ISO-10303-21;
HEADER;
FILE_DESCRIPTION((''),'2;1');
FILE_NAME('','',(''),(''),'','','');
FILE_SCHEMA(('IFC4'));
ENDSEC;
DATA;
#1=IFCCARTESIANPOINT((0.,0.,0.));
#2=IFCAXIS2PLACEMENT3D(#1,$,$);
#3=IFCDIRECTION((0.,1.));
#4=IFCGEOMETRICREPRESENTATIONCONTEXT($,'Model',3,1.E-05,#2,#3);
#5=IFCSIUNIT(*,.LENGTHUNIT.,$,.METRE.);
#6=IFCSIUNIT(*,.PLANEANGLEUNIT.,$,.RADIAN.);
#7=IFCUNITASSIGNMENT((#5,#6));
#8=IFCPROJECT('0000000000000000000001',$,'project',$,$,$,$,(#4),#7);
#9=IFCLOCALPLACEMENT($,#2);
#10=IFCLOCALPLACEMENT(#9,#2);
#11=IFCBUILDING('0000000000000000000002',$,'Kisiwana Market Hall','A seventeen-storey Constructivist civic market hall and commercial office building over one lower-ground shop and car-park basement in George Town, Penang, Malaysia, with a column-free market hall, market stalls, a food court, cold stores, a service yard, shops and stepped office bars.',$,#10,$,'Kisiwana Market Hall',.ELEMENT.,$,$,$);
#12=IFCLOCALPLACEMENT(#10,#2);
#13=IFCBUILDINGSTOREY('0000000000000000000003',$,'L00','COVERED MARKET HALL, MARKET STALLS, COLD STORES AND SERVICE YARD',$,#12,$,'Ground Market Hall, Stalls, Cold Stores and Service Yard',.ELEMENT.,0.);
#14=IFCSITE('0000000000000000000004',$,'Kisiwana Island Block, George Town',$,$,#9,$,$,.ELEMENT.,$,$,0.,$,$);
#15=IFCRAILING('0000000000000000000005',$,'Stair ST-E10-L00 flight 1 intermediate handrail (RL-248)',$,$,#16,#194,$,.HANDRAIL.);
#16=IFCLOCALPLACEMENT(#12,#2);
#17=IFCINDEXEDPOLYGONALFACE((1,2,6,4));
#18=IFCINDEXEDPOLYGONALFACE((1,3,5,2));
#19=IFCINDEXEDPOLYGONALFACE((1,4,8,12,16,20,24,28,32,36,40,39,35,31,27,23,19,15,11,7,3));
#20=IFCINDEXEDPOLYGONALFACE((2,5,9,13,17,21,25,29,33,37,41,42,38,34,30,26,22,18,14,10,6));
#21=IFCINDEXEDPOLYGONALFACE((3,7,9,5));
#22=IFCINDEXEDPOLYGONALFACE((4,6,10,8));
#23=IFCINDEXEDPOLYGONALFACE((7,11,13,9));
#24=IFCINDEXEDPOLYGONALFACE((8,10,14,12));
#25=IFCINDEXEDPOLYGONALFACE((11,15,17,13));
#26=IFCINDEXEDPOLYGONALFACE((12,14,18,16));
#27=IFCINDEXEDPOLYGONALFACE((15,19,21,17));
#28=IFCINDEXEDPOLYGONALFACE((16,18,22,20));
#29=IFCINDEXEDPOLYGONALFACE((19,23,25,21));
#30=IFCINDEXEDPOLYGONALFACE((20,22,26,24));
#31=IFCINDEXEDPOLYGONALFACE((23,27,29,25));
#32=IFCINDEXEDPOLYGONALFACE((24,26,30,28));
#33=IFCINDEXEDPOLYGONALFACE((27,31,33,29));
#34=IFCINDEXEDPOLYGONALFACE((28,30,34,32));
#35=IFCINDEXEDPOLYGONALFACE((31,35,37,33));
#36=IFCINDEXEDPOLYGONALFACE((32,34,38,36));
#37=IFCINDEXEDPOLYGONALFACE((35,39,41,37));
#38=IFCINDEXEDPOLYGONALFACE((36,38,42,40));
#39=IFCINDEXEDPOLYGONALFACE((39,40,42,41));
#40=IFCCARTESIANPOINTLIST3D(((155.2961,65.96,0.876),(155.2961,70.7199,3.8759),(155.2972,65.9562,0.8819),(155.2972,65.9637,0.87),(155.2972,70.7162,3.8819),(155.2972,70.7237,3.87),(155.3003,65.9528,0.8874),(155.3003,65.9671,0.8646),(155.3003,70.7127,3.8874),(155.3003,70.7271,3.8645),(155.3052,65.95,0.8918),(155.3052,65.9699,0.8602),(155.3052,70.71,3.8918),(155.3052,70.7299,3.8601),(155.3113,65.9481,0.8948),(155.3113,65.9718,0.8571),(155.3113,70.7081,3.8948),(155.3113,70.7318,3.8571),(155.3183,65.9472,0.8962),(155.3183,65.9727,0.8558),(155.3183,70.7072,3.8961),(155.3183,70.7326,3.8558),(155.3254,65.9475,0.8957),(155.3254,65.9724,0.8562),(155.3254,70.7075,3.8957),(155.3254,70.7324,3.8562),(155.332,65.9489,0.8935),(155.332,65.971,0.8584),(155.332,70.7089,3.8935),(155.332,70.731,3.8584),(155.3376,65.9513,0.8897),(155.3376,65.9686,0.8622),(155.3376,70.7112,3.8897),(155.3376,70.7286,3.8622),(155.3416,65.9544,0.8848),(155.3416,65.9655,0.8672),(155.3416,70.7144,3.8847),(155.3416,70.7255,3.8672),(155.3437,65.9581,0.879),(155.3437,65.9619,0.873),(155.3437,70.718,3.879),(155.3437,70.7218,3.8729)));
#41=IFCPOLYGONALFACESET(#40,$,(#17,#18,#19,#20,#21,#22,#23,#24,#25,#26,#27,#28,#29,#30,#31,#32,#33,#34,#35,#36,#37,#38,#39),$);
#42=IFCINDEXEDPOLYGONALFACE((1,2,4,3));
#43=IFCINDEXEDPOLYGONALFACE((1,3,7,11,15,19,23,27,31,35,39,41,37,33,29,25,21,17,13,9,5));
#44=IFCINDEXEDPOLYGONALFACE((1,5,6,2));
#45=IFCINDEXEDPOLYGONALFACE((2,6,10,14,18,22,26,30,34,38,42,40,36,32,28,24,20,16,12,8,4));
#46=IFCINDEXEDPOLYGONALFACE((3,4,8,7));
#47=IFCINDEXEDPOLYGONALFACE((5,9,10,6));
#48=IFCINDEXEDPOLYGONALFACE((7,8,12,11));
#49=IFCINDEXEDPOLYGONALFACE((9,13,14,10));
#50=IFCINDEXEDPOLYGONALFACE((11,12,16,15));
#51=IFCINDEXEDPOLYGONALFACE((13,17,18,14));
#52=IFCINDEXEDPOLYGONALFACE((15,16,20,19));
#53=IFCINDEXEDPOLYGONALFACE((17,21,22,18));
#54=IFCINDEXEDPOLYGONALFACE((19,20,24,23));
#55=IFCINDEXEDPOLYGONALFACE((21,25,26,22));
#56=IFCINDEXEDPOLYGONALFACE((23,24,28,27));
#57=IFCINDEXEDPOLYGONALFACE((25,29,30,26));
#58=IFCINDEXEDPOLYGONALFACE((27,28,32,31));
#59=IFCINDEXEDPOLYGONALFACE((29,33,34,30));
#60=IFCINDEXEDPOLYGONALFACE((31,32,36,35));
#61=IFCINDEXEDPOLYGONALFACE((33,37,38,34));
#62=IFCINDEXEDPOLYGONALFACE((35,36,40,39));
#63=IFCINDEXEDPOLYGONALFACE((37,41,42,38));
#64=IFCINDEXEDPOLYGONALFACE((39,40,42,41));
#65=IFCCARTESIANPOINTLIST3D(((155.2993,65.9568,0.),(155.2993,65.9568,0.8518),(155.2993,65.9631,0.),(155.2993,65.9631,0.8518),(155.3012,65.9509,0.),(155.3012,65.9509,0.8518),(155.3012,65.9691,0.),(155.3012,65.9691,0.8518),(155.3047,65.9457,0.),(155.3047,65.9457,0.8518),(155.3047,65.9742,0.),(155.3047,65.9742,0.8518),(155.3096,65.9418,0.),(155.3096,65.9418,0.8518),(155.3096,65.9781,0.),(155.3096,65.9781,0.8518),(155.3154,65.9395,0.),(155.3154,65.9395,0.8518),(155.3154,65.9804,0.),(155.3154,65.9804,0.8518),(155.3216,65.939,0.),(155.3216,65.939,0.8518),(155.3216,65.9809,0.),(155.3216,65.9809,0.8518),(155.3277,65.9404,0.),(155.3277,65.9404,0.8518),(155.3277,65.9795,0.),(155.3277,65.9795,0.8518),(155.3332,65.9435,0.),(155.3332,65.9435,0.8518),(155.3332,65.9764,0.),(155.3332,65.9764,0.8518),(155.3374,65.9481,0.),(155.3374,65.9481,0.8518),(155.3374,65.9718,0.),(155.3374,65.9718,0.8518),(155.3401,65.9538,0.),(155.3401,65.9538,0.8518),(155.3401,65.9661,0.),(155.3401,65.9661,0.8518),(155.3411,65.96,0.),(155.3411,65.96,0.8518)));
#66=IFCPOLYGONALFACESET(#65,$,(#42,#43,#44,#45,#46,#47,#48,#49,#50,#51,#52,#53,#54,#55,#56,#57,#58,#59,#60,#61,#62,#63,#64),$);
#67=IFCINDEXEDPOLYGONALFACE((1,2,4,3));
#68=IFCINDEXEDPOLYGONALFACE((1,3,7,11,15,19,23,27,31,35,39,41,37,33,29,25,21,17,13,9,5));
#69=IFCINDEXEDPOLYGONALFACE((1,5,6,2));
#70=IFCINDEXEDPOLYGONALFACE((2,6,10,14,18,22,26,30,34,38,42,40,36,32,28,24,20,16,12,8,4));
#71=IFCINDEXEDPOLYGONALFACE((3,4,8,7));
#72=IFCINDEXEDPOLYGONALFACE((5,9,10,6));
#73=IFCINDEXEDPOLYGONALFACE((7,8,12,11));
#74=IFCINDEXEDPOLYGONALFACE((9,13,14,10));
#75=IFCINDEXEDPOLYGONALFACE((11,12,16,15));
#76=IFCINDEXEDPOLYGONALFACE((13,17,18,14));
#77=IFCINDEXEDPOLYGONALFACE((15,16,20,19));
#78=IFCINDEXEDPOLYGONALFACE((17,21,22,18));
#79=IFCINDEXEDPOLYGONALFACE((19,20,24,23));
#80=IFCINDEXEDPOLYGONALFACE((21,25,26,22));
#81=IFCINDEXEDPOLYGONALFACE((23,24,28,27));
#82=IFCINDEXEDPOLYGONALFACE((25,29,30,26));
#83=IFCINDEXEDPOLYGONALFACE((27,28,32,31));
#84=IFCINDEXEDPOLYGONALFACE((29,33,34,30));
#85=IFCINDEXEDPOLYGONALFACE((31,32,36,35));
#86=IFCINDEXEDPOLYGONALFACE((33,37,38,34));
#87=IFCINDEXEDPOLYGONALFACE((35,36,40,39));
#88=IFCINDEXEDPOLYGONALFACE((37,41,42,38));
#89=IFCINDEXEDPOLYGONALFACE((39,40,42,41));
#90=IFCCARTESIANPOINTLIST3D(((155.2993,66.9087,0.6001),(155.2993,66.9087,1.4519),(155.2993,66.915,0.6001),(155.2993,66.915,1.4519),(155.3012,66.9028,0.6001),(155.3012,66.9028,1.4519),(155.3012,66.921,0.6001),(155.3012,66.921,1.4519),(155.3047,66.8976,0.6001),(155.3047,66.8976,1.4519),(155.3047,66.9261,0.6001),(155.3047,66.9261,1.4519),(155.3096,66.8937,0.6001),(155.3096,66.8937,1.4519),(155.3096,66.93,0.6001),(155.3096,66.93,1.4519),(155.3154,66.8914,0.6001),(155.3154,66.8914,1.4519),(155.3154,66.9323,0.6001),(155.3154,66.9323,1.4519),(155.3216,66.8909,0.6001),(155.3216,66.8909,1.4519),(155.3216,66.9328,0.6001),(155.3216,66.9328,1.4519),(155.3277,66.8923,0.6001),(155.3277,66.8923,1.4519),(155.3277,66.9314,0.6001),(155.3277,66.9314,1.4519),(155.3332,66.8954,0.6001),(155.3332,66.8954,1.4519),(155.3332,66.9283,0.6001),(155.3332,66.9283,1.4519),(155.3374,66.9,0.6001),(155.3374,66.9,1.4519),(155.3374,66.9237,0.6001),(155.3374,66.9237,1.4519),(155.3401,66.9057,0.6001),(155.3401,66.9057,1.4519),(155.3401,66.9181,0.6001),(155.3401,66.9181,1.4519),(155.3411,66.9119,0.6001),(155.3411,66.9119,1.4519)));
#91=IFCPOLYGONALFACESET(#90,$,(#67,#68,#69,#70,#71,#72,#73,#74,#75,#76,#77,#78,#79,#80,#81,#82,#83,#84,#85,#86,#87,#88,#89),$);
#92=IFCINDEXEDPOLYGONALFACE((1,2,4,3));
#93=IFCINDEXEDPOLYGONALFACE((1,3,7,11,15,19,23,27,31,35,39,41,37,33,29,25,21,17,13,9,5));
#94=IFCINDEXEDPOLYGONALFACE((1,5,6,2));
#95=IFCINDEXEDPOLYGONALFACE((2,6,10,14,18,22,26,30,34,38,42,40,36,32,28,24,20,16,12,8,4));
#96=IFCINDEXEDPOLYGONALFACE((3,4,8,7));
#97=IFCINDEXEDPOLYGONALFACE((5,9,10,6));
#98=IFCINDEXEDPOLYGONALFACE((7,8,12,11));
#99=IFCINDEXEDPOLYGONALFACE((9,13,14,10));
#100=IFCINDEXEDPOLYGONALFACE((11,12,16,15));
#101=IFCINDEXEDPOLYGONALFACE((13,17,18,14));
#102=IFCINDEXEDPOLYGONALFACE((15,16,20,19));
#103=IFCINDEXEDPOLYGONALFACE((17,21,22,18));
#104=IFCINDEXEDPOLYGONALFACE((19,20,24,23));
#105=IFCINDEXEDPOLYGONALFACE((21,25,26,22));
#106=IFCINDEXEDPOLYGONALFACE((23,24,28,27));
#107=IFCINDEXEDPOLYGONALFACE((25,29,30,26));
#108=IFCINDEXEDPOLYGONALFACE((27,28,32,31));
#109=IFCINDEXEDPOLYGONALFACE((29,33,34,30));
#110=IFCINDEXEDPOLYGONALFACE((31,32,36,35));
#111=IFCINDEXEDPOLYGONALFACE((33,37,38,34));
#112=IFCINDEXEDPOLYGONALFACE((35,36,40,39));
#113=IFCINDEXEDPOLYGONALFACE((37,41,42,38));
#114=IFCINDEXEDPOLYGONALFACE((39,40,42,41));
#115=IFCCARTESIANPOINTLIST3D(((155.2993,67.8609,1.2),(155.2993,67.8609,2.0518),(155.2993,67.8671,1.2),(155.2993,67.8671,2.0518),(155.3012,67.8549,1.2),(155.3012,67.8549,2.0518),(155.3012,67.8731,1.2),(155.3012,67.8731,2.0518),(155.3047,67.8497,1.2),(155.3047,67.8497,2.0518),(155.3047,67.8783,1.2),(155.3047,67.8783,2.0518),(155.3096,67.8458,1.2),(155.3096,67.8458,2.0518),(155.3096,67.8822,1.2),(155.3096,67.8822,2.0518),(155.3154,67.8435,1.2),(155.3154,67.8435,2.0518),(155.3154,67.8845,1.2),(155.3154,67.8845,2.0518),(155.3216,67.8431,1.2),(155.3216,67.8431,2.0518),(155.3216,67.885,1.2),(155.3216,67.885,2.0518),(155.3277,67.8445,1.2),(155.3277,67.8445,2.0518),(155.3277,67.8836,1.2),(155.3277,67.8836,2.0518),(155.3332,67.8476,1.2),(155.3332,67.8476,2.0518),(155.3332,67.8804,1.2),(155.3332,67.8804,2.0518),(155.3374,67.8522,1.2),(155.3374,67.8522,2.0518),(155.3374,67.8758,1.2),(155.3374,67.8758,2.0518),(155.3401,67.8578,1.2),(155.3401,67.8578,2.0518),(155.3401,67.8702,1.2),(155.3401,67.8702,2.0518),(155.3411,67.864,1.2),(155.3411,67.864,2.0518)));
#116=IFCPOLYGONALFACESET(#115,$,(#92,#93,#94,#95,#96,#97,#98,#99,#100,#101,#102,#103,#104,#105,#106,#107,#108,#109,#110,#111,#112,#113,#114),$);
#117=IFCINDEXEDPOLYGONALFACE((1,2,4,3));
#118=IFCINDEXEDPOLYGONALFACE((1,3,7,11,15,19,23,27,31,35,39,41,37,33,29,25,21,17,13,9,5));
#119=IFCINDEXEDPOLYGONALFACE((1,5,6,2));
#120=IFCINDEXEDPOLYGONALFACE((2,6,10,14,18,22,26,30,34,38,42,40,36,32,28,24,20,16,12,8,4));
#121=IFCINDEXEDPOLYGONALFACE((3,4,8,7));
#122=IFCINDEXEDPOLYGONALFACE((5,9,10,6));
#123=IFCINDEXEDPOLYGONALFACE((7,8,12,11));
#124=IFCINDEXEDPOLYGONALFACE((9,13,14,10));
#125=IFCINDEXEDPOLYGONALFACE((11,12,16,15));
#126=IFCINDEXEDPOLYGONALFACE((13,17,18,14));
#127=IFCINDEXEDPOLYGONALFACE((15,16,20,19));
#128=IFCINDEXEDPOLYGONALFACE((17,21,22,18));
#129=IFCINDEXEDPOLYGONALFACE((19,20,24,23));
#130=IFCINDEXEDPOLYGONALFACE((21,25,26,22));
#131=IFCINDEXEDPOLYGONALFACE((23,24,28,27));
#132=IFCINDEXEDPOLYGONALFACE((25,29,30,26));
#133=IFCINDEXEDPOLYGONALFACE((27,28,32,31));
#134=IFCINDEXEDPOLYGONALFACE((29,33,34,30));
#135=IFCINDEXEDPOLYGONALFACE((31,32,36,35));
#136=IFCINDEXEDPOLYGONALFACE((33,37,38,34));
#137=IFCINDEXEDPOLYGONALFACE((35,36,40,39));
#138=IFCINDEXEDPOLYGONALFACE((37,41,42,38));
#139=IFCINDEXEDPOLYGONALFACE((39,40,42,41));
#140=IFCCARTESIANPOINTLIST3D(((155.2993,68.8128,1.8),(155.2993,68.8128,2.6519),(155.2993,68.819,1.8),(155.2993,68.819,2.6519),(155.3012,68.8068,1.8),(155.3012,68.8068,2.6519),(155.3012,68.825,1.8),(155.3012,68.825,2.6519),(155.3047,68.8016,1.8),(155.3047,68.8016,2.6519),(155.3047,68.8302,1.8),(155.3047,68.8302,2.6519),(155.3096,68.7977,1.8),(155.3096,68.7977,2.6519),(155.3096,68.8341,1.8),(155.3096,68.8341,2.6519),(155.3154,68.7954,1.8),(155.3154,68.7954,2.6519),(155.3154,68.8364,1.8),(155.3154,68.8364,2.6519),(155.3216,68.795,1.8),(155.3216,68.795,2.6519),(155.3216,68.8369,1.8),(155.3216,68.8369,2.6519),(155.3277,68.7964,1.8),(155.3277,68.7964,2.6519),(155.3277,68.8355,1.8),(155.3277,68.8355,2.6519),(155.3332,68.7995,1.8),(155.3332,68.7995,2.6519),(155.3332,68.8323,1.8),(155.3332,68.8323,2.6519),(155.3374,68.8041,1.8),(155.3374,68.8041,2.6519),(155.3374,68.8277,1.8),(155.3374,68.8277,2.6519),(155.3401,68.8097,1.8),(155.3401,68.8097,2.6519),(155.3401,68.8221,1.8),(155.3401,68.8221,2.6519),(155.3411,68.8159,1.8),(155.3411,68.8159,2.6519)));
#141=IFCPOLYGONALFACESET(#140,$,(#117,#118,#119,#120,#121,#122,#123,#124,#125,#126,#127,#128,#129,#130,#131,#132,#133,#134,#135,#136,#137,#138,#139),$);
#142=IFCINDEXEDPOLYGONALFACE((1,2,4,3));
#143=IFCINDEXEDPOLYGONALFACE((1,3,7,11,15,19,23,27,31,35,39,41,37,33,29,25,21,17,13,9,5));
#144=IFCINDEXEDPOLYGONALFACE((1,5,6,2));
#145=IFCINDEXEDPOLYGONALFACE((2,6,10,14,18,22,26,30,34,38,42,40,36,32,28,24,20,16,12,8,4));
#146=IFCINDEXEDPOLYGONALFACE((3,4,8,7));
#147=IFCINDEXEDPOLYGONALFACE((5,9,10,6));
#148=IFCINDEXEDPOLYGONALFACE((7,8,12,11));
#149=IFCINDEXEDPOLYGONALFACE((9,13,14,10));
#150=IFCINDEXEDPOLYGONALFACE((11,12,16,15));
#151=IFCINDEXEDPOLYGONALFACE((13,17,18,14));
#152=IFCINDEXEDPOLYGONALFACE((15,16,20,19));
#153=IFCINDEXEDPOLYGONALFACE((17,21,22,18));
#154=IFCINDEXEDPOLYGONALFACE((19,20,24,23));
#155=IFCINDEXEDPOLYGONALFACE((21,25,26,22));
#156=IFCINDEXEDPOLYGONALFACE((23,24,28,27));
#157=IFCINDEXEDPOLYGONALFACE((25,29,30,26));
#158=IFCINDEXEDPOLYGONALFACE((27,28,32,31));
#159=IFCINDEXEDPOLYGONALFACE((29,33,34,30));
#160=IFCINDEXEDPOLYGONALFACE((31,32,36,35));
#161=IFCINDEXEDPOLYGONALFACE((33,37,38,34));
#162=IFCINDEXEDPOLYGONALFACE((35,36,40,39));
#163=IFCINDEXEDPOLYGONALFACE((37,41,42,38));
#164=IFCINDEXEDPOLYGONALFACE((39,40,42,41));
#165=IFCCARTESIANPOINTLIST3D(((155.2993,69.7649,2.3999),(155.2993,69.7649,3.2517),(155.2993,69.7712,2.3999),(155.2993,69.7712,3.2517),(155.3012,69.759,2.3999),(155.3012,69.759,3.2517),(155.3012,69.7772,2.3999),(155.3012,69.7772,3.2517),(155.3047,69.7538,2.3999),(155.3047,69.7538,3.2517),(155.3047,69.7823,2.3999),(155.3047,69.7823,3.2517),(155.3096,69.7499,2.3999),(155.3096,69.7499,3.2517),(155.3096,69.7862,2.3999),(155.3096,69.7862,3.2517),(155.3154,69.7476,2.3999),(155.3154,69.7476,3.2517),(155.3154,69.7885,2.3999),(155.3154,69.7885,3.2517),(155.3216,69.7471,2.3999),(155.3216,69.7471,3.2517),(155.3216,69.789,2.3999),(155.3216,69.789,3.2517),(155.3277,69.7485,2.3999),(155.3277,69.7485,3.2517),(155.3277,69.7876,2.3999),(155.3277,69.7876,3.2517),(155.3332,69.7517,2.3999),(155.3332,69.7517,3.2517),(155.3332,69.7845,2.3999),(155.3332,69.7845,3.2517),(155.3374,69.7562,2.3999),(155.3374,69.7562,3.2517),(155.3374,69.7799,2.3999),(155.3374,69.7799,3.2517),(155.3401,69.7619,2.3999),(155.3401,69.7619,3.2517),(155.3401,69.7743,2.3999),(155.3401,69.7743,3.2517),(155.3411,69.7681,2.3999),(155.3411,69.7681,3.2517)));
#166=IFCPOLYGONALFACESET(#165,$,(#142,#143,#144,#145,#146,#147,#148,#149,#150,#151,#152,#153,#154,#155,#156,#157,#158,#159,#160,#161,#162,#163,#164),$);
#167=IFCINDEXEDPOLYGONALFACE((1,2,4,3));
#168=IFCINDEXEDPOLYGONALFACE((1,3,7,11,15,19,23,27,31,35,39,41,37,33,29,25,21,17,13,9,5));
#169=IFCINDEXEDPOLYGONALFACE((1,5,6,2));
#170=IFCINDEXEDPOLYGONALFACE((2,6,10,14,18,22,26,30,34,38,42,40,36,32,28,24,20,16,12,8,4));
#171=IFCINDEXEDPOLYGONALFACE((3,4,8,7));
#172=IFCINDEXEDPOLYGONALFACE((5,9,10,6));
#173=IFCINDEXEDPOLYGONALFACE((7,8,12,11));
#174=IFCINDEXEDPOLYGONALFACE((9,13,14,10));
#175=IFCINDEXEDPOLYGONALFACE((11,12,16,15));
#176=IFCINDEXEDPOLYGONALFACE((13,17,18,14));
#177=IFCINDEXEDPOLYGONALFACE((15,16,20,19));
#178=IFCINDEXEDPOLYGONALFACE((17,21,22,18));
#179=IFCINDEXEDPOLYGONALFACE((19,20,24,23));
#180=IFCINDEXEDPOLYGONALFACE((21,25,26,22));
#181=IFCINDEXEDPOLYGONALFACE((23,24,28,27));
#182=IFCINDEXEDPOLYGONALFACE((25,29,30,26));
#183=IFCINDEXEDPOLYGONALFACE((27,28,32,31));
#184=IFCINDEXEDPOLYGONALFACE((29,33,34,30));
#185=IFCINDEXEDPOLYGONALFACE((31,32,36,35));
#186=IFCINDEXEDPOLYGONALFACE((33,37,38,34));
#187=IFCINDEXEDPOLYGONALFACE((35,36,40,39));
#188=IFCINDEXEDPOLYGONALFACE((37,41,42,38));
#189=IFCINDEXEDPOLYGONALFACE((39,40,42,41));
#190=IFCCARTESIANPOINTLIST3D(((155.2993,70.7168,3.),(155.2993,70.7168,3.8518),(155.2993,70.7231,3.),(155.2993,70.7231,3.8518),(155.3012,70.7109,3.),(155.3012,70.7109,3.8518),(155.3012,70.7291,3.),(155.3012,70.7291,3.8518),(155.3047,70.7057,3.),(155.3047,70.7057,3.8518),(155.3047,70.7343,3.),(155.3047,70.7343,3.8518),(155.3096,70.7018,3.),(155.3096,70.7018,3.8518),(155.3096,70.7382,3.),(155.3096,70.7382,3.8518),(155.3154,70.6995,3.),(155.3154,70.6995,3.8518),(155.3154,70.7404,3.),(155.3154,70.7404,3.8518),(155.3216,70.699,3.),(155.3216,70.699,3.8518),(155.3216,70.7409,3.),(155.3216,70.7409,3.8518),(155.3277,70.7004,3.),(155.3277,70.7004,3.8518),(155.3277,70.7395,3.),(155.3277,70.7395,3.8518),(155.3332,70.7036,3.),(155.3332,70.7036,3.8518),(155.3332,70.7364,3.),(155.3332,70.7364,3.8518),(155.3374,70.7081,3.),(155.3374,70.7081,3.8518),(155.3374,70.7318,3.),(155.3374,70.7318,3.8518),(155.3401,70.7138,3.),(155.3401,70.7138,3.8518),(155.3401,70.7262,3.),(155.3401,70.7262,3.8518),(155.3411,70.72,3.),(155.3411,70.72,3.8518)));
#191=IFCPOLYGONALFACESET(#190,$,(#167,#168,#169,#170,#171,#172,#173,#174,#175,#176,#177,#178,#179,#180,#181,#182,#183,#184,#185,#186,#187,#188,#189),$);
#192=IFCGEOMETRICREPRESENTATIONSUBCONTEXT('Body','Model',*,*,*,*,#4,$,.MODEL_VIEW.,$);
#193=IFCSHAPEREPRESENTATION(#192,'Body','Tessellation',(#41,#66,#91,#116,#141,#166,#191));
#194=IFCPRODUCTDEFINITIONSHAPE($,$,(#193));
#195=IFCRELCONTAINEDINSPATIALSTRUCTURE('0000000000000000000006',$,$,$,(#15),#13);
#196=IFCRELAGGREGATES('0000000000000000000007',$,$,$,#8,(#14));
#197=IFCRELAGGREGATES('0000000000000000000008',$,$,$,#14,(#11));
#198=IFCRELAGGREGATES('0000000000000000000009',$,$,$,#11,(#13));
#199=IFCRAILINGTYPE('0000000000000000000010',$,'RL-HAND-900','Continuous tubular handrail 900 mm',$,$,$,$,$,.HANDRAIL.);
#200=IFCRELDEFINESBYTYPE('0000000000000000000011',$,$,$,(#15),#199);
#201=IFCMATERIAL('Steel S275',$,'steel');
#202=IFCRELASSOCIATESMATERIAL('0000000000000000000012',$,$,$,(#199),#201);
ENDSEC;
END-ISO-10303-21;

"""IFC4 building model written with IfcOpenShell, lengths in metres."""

from ifc_helpers import new_model, si_unit, direction, frame, origin, origin_2d, place, context, subcontext, project, spatial, circle, extrude, material, type_object, element, save


model = new_model("IFC4")

# Units and contexts
model_context = context("Model", 3, precision=1e-05, world=origin(), true_north=direction((0.0, 1.0)))
body_context = subcontext(model_context, "Body", "Model", "MODEL_VIEW")
ifc_project = project(units=[si_unit("LENGTHUNIT", "METRE"), si_unit("PLANEANGLEUNIT", "RADIAN")], contexts=[model_context])

# Site, building, storey
site_placement = place(None, origin())
site = spatial("IfcSite", under=ifc_project, at=site_placement, Name="Kisiwana Island Block, George Town", CompositionType="ELEMENT", RefElevation=0.0)
building_placement = place(site_placement, origin())
building = spatial("IfcBuilding", under=site, at=building_placement, Name="Kisiwana Market Hall", Description="A seventeen-storey Constructivist civic market hall and commercial office building over one lower-ground shop and car-park basement in George Town, Penang, Malaysia, with a column-free market hall, market stalls, a food court, cold stores, a service yard, shops and stepped office bars.", LongName="Kisiwana Market Hall", CompositionType="ELEMENT")
storey_placement = place(building_placement, origin())
storey = spatial("IfcBuildingStorey", under=building, at=storey_placement, Name="L00", Description="COVERED MARKET HALL, MARKET STALLS, COLD STORES AND SERVICE YARD", LongName="Ground Market Hall, Stalls, Cold Stores and Service Yard", CompositionType="ELEMENT", Elevation=0.0)

# Railing
ifc_material_1 = material(Name="Steel S275", Category="steel")
railing_type_1 = type_object("IfcRailingType", Name="RL-HAND-900", Description="Continuous tubular handrail 900 mm", PredefinedType="HANDRAIL", material=ifc_material_1)
railing_1_placement = place(storey_placement, frame((155.3201, 65.96, 0.0)))
element("IfcRailing", 1, at=railing_1_placement, inside=storey, type_object=railing_type_1, Name="Stair ST-E10-L00 flight 1 intermediate handrail (RL-248)", PredefinedType="HANDRAIL", context=body_context, shape_type="SweptSolid", body=[
    extrude(circle(Radius=0.0239, at=origin_2d()), frame((0.0, 0.0, 0.876), z_axis=(0.0, 0.845996, 0.53319), x_axis=(-1.0, 0.0, 0.0)), (0.0, 0.0, 1.0), 5.6265),
    extrude(circle(Radius=0.021, at=origin_2d()), origin(), (0.0, 0.0, 1.0), 0.8518),
    extrude(circle(Radius=0.021, at=origin_2d()), frame((0.0, 0.9519, 0.6001)), (0.0, 0.0, 1.0), 0.8518),
    extrude(circle(Radius=0.021, at=origin_2d()), frame((0.0, 1.9041, 1.2)), (0.0, 0.0, 1.0), 0.8518),
    extrude(circle(Radius=0.021, at=origin_2d()), frame((0.0, 2.856, 1.8)), (0.0, 0.0, 1.0), 0.8518),
    extrude(circle(Radius=0.021, at=origin_2d()), frame((0.0, 3.8081, 2.3999)), (0.0, 0.0, 1.0), 0.8518),
    extrude(circle(Radius=0.021, at=origin_2d()), frame((0.0, 4.76, 3.0)), (0.0, 0.0, 1.0), 0.8518),
])

save(model, "model.ifc")
